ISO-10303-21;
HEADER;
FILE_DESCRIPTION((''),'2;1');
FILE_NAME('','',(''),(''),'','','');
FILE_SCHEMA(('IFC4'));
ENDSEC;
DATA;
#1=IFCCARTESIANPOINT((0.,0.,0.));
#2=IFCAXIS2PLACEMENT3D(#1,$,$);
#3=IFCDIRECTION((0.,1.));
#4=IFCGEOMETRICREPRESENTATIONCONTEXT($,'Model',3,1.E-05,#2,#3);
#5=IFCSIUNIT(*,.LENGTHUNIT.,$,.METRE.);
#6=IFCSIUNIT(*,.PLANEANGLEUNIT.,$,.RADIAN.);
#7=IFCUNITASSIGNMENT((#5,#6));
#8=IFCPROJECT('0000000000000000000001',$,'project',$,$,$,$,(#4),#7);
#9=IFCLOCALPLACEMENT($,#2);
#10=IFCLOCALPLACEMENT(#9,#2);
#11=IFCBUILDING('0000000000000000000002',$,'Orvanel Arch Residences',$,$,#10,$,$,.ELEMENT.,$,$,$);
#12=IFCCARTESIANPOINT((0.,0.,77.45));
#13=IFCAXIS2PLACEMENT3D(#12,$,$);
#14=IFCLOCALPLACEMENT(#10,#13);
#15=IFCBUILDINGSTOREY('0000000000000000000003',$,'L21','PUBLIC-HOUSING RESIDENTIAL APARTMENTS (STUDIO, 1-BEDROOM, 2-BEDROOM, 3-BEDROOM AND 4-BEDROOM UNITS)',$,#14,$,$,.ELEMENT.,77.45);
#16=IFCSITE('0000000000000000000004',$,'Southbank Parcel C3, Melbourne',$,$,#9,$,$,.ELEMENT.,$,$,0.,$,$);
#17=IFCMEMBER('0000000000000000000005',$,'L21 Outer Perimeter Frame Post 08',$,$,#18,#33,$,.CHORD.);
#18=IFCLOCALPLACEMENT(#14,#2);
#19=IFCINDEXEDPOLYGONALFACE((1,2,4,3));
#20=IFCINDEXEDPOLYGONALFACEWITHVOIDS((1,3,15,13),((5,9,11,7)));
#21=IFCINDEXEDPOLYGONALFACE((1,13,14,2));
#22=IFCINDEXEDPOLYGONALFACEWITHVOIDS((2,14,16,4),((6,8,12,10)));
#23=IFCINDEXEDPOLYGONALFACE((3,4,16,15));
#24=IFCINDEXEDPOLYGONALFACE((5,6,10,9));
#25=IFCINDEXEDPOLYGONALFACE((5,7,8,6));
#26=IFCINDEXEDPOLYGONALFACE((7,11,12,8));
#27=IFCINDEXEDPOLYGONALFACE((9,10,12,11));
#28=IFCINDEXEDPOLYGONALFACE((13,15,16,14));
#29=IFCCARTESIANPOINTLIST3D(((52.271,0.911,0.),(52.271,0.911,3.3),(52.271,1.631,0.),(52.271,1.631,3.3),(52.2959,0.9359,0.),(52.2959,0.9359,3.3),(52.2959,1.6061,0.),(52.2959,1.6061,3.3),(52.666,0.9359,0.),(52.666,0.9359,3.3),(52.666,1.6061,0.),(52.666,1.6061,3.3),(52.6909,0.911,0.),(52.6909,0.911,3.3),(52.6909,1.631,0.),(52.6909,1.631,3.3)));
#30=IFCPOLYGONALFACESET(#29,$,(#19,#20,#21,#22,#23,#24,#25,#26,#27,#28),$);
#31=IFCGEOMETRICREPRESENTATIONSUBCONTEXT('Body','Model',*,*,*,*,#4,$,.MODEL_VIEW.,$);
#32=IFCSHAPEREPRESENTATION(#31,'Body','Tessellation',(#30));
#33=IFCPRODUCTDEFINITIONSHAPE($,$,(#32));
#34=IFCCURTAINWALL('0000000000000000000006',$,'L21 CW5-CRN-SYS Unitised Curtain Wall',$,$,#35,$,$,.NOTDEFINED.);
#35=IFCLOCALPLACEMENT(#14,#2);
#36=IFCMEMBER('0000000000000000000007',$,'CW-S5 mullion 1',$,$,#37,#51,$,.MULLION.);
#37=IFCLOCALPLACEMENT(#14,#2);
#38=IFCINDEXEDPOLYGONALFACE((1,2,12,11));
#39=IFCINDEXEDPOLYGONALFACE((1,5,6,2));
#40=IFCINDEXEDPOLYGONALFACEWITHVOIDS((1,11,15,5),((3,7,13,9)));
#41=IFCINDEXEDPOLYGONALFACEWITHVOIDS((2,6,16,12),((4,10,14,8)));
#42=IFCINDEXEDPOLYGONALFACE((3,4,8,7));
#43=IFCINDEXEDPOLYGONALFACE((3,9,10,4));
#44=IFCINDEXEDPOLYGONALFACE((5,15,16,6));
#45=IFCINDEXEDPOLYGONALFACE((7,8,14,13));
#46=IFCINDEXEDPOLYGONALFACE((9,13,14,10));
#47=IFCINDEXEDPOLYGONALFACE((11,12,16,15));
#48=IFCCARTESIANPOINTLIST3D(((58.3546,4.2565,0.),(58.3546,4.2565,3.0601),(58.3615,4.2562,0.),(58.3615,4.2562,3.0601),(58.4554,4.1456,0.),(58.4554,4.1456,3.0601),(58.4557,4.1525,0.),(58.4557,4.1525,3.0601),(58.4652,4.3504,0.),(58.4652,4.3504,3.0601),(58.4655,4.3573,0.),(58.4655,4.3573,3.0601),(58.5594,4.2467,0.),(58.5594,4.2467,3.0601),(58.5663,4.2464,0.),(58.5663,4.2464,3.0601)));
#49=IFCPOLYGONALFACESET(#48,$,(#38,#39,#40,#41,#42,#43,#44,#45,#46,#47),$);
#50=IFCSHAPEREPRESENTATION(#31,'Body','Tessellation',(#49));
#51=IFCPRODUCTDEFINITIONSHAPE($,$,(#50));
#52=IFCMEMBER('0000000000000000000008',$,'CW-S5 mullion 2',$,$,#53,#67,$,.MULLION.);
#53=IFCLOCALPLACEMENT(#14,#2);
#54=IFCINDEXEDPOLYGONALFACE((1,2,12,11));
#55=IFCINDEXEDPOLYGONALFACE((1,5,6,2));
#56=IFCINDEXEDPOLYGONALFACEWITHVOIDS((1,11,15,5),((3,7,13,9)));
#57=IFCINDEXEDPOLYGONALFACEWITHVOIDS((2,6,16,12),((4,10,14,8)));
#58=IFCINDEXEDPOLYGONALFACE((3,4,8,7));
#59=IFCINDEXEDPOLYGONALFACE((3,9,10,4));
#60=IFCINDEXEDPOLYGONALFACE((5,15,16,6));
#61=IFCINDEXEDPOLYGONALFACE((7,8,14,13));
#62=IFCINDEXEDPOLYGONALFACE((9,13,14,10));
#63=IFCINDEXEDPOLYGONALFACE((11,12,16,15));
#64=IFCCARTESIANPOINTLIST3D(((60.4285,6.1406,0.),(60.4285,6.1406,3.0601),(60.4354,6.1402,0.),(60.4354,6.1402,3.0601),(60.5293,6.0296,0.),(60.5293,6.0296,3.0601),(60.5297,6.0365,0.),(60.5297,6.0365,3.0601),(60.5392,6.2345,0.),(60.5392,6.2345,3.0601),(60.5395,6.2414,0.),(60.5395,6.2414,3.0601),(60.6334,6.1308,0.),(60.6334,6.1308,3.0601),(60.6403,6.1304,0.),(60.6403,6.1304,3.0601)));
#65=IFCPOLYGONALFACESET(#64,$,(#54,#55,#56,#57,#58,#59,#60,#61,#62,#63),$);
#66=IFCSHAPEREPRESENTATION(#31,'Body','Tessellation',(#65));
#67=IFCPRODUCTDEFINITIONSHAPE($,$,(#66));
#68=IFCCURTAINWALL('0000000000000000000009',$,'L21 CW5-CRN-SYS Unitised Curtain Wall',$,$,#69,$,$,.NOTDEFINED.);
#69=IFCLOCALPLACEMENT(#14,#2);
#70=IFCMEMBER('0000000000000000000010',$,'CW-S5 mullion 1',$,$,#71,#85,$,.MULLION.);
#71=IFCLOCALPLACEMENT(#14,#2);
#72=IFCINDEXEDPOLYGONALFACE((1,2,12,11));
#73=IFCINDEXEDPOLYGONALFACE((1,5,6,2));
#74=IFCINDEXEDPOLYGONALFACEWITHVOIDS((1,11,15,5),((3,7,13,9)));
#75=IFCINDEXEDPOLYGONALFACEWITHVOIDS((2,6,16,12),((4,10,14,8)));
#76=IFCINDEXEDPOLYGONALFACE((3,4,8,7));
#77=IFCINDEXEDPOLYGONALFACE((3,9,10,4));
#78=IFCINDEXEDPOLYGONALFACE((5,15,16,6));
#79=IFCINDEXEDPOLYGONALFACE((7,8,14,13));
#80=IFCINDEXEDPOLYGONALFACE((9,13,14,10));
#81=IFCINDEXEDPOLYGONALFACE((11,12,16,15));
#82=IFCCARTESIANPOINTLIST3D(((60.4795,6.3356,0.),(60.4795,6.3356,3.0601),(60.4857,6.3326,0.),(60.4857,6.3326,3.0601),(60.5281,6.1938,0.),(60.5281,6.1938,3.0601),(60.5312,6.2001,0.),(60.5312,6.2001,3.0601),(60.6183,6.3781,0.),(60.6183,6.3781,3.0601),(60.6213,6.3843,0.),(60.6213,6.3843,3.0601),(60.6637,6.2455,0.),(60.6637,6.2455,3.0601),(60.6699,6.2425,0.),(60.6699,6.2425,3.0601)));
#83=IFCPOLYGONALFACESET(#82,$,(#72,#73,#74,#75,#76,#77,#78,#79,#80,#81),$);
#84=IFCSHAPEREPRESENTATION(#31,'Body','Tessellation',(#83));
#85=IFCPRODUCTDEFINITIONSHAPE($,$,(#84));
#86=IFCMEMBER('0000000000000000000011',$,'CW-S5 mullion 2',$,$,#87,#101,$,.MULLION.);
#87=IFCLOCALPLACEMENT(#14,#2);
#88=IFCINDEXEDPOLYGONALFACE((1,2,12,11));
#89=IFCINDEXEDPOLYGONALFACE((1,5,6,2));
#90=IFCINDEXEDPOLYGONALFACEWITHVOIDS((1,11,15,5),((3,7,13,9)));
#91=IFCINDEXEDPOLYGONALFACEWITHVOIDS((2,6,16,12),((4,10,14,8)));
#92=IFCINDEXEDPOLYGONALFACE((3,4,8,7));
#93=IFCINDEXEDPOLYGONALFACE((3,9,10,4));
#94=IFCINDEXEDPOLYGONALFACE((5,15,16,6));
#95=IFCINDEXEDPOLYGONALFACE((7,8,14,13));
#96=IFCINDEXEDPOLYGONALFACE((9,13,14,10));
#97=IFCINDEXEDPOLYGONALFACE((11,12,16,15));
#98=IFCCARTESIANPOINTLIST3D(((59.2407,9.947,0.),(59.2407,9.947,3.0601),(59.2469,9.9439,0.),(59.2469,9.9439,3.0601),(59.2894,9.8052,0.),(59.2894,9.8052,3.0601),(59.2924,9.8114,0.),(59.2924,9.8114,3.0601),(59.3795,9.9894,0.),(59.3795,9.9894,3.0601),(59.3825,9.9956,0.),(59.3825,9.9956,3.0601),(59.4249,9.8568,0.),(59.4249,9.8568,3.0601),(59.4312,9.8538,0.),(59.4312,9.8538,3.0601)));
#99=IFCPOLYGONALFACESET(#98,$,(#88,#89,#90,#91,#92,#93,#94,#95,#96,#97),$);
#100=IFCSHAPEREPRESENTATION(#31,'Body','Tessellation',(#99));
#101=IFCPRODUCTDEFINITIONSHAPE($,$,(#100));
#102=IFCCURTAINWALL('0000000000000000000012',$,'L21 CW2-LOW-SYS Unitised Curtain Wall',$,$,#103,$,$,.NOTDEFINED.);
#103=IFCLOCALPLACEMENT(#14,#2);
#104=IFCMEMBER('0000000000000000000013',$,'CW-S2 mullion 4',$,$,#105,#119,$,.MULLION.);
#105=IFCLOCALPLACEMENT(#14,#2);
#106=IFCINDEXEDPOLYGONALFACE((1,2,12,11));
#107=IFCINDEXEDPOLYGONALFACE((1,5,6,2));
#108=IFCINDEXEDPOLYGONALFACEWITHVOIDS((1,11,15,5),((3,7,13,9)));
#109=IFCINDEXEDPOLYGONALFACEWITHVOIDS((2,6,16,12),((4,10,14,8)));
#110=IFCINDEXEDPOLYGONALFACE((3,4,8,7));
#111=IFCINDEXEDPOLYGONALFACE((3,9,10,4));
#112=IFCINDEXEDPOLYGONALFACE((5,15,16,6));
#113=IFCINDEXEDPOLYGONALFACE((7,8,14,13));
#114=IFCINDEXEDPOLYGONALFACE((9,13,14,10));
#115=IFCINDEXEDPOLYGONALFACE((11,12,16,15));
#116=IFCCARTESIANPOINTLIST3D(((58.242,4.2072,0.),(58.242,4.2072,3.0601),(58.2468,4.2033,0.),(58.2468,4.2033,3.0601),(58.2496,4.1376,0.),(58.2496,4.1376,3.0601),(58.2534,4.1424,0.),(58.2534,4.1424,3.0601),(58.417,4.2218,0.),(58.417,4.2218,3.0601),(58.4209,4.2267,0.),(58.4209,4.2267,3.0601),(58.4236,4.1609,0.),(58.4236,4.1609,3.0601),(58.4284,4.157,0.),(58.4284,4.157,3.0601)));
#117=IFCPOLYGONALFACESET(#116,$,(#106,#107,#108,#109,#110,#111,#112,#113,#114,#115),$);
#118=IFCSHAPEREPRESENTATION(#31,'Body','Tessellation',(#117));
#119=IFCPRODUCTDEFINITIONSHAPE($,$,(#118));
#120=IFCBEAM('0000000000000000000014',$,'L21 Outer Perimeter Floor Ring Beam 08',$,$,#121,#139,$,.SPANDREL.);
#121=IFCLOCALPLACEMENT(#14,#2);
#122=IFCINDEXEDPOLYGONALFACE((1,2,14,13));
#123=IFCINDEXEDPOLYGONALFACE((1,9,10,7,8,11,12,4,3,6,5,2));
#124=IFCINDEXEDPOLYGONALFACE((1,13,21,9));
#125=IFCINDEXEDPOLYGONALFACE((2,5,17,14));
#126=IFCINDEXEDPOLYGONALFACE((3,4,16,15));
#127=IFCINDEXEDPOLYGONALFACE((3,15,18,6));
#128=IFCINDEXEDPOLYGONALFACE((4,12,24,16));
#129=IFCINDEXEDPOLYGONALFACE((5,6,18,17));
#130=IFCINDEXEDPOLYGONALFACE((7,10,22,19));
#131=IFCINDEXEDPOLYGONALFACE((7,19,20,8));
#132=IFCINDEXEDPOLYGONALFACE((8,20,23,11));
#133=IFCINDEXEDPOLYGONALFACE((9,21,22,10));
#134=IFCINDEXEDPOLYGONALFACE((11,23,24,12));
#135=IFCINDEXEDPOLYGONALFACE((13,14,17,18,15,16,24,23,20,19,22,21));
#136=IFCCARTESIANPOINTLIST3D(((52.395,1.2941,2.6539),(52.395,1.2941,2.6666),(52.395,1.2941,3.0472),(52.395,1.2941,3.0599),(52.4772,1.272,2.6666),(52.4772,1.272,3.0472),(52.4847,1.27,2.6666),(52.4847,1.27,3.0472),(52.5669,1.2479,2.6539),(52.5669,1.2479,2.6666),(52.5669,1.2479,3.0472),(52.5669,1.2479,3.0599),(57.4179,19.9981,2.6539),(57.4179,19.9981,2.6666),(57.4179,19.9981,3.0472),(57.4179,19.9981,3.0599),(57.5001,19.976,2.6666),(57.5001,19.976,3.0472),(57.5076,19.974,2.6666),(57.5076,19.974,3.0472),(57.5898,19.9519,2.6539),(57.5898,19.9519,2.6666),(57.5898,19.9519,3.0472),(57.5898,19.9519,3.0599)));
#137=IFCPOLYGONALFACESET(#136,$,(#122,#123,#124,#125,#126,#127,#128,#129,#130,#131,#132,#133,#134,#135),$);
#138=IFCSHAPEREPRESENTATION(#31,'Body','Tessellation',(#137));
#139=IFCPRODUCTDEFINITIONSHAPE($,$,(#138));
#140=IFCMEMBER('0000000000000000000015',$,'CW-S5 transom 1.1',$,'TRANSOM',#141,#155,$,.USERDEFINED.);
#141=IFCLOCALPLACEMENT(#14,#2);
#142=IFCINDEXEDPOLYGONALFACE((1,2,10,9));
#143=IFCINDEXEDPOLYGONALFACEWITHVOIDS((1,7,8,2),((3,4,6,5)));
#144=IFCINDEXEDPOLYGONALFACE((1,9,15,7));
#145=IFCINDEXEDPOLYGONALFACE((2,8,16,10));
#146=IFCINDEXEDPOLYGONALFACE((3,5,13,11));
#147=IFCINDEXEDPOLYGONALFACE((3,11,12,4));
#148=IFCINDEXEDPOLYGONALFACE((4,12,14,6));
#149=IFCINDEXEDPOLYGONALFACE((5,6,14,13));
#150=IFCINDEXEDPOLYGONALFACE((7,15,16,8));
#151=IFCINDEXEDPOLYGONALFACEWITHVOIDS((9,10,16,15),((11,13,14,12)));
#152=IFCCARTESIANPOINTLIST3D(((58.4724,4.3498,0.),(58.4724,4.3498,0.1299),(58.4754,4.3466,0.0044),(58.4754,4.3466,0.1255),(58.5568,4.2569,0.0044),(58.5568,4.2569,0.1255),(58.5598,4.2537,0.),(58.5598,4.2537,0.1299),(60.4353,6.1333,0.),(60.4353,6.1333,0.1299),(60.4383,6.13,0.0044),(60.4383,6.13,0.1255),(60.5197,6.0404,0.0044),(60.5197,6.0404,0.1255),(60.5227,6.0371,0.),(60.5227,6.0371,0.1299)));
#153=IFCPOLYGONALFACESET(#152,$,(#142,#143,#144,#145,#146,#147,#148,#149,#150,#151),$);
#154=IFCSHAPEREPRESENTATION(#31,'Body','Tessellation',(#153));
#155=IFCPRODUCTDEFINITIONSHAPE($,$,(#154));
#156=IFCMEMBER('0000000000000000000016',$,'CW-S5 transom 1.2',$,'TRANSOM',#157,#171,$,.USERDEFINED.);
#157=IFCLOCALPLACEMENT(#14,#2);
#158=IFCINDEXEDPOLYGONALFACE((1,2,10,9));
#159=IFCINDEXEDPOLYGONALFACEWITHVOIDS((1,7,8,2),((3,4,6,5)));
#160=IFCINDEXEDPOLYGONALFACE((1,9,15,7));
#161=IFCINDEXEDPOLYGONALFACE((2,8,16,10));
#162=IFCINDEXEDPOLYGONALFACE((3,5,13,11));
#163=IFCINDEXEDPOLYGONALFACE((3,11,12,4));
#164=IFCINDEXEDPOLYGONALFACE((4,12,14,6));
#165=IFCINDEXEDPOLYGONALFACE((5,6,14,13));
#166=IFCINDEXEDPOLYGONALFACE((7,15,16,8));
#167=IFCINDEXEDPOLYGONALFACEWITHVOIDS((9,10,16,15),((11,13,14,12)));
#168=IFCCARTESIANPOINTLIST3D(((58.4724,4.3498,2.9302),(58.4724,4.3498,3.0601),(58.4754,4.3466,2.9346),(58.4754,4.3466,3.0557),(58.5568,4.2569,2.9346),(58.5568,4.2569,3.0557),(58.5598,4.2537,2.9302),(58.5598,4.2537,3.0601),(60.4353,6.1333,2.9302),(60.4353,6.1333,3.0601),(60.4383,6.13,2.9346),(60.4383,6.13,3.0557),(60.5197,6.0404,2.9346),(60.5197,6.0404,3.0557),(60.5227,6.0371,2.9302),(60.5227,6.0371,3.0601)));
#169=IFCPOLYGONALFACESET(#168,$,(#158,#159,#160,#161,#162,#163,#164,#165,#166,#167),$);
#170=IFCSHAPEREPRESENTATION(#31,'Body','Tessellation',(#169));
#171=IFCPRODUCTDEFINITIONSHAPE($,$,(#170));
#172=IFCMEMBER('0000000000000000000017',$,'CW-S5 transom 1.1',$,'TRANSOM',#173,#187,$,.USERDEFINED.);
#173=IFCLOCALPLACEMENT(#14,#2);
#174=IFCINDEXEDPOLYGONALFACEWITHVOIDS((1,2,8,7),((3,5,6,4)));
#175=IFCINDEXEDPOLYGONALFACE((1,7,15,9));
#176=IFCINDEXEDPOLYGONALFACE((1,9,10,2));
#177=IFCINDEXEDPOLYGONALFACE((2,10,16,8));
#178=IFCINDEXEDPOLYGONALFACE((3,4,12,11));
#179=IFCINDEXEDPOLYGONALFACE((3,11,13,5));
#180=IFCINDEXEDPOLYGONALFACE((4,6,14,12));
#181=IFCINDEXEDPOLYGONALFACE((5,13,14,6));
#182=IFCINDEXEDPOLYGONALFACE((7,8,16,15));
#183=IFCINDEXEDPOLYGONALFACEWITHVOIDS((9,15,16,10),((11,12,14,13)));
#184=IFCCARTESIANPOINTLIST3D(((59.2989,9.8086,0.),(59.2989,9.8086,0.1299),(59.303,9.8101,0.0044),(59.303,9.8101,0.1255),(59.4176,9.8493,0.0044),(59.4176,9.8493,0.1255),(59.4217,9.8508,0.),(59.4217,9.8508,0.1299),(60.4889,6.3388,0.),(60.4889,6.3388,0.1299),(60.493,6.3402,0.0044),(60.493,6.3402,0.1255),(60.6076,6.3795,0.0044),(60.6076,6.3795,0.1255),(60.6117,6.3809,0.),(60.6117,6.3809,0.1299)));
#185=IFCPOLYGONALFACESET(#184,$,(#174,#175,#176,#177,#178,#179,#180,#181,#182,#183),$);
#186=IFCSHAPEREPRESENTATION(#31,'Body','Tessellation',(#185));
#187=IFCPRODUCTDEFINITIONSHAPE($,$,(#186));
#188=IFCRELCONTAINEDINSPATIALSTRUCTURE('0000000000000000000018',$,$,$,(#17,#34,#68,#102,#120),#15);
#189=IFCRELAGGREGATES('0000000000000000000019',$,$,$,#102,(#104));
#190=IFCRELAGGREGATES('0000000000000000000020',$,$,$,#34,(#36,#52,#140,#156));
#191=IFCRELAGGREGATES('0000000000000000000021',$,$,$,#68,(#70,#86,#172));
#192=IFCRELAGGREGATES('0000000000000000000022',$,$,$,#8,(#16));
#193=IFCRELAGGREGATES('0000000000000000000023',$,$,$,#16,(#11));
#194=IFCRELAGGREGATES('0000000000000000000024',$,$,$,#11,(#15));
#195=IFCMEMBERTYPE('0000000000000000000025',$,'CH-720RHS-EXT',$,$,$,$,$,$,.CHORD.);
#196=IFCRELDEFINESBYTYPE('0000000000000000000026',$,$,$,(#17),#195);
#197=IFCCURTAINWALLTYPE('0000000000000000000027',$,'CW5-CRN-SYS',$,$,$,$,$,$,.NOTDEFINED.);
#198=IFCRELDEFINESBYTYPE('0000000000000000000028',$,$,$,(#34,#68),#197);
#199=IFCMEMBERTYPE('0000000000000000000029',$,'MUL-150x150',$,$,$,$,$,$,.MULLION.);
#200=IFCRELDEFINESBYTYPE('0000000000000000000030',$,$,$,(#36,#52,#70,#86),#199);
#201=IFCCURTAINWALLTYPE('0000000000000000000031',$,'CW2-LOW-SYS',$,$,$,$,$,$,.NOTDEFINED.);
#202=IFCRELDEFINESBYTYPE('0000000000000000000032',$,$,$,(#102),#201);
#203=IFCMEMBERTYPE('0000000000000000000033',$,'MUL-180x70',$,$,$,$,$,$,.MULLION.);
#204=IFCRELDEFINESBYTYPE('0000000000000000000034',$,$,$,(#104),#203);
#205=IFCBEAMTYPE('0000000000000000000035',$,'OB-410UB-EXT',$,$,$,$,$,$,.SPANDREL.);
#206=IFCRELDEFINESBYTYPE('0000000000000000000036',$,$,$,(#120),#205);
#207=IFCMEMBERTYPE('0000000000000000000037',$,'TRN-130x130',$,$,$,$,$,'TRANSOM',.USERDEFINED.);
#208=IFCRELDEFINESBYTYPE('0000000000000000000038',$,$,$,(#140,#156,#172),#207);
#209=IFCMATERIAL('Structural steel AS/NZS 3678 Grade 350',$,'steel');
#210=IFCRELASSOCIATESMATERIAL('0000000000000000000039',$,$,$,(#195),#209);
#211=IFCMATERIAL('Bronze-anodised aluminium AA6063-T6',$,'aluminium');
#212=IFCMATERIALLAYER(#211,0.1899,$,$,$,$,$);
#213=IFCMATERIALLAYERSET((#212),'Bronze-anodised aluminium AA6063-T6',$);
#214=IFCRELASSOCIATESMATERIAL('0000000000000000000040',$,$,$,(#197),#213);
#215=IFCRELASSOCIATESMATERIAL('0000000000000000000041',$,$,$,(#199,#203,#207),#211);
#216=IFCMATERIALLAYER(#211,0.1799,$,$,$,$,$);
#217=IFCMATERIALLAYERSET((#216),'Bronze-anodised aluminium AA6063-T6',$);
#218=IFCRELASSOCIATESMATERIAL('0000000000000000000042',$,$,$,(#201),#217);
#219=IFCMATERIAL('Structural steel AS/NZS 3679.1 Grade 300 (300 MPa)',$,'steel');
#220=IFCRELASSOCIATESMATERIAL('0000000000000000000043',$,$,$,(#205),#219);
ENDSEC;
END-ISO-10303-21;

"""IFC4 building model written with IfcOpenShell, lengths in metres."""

from ifc_helpers import new_model, si_unit, direction, frame, origin, origin_2d, place, context, subcontext, project, spatial, hollow_rectangle, i_section, extrude, material, layer, layer_set, material_profile, profile_set, type_object, element, aggregate, save


model = new_model("IFC4")

# Units and contexts
model_context = context("Model", 3, precision=1e-05, world=origin(), true_north=direction((0.0, 1.0)))
body_context = subcontext(model_context, "Body", "Model", "MODEL_VIEW")
ifc_project = project(units=[si_unit("LENGTHUNIT", "METRE"), si_unit("PLANEANGLEUNIT", "RADIAN")], contexts=[model_context])

# Site, building, storey
site_placement = place(None, origin())
site = spatial("IfcSite", under=ifc_project, at=site_placement, Name="Southbank Parcel C3, Melbourne", CompositionType="ELEMENT", RefElevation=0.0)
building_placement = place(site_placement, origin())
building = spatial("IfcBuilding", under=site, at=building_placement, Name="Orvanel Arch Residences", CompositionType="ELEMENT")
storey_placement = place(building_placement, frame((0.0, 0.0, 77.45)))
storey = spatial("IfcBuildingStorey", under=building, at=storey_placement, Name="L21", Description="PUBLIC-HOUSING RESIDENTIAL APARTMENTS (STUDIO, 1-BEDROOM, 2-BEDROOM, 3-BEDROOM AND 4-BEDROOM UNITS)", CompositionType="ELEMENT", Elevation=77.45)

# Member
ifc_material_1 = material(Name="Structural steel AS/NZS 3678 Grade 350", Category="steel")
ifc_material_profile_1 = material_profile(ifc_material_1, hollow_rectangle(XDim=0.4199, YDim=0.72, WallThickness=0.0249, at=origin_2d()), Name="RHS720x420x25")
ifc_profile_set_1 = profile_set([ifc_material_profile_1], Name="Structural steel AS/NZS 3678 Grade 350")
member_type_1 = type_object("IfcMemberType", Name="CH-720RHS-EXT", PredefinedType="CHORD", material=ifc_profile_set_1)
member_1_placement = place(storey_placement, frame((52.481, 1.271, 0.0), z_axis=(0.0, 0.0, 1.0), x_axis=(1.0, 0.0, 0.0)))
element("IfcMember", 1, at=member_1_placement, inside=storey, type_object=member_type_1, Name="L21 Outer Perimeter Frame Post 08", PredefinedType="CHORD", context=body_context, shape_type="SweptSolid", body=[
    extrude(hollow_rectangle(XDim=0.4199, YDim=0.72, WallThickness=0.0249, at=origin_2d()), origin(), (0.0, 0.0, 1.0), 3.3),
])

# Curtain walls, members
ifc_material_2 = material(Name="Bronze-anodised aluminium AA6063-T6", Category="aluminium")
ifc_layer_1 = layer(ifc_material_2, 0.1899)
ifc_layer_set_1 = layer_set([ifc_layer_1], Name="Bronze-anodised aluminium AA6063-T6")
curtain_wall_type_1 = type_object("IfcCurtainWallType", Name="CW5-CRN-SYS", PredefinedType="NOTDEFINED", material=ifc_layer_set_1)
curtain_wall_1_placement = place(storey_placement, origin())
curtain_wall_1 = element("IfcCurtainWall", 2, at=curtain_wall_1_placement, inside=storey, type_object=curtain_wall_type_1, Name="L21 CW5-CRN-SYS Unitised Curtain Wall", PredefinedType="NOTDEFINED")
ifc_material_profile_2 = material_profile(ifc_material_2, hollow_rectangle(XDim=0.1499, YDim=0.1499, WallThickness=0.0049, at=origin_2d()), Name="ALU150x150x5")
ifc_profile_set_2 = profile_set([ifc_material_profile_2], Name="Bronze-anodised aluminium AA6063-T6")
member_type_2 = type_object("IfcMemberType", Name="MUL-150x150", PredefinedType="MULLION", material=ifc_profile_set_2)
member_2_placement = place(storey_placement, frame((58.4604, 4.2515, 0.0), z_axis=(0.0, 0.0, 1.0), x_axis=(-0.67242, 0.74017, 0.0)))
member_2 = element("IfcMember", 3, at=member_2_placement, type_object=member_type_2, Name="CW-S5 mullion 1", PredefinedType="MULLION", context=body_context, shape_type="SweptSolid", body=[
    extrude(hollow_rectangle(XDim=0.1499, YDim=0.1499, WallThickness=0.0049, at=origin_2d()), origin(), (0.0, 0.0, 1.0), 3.0601),
])
member_3_placement = place(storey_placement, frame((60.5344, 6.1355, 0.0), z_axis=(0.0, 0.0, 1.0), x_axis=(-0.67242, 0.74017, 0.0)))
member_3 = element("IfcMember", 4, at=member_3_placement, type_object=member_type_2, Name="CW-S5 mullion 2", PredefinedType="MULLION", context=body_context, shape_type="SweptSolid", body=[
    extrude(hollow_rectangle(XDim=0.1499, YDim=0.1499, WallThickness=0.0049, at=origin_2d()), origin(), (0.0, 0.0, 1.0), 3.0601),
])
curtain_wall_2_placement = place(storey_placement, origin())
curtain_wall_2 = element("IfcCurtainWall", 5, at=curtain_wall_2_placement, inside=storey, type_object=curtain_wall_type_1, Name="L21 CW5-CRN-SYS Unitised Curtain Wall", PredefinedType="NOTDEFINED")
member_4_placement = place(storey_placement, frame((60.5747, 6.2891, 0.0), z_axis=(0.0, 0.0, 1.0), x_axis=(-0.945912, -0.324423, 0.0)))
member_4 = element("IfcMember", 6, at=member_4_placement, type_object=member_type_2, Name="CW-S5 mullion 1", PredefinedType="MULLION", context=body_context, shape_type="SweptSolid", body=[
    extrude(hollow_rectangle(XDim=0.1499, YDim=0.1499, WallThickness=0.0049, at=origin_2d()), origin(), (0.0, 0.0, 1.0), 3.0601),
])
member_5_placement = place(storey_placement, frame((59.3359, 9.9004, 0.0), z_axis=(0.0, 0.0, 1.0), x_axis=(-0.945912, -0.324423, 0.0)))
member_5 = element("IfcMember", 7, at=member_5_placement, type_object=member_type_2, Name="CW-S5 mullion 2", PredefinedType="MULLION", context=body_context, shape_type="SweptSolid", body=[
    extrude(hollow_rectangle(XDim=0.1499, YDim=0.1499, WallThickness=0.0049, at=origin_2d()), origin(), (0.0, 0.0, 1.0), 3.0601),
])

# Curtain wall, member
ifc_layer_2 = layer(ifc_material_2, 0.1799)
ifc_layer_set_2 = layer_set([ifc_layer_2], Name="Bronze-anodised aluminium AA6063-T6")
curtain_wall_type_2 = type_object("IfcCurtainWallType", Name="CW2-LOW-SYS", PredefinedType="NOTDEFINED", material=ifc_layer_set_2)
curtain_wall_3_placement = place(storey_placement, origin())
curtain_wall_3 = element("IfcCurtainWall", 8, at=curtain_wall_3_placement, inside=storey, type_object=curtain_wall_type_2, Name="L21 CW2-LOW-SYS Unitised Curtain Wall", PredefinedType="NOTDEFINED")
ifc_material_profile_3 = material_profile(ifc_material_2, hollow_rectangle(XDim=0.0701, YDim=0.1799, WallThickness=0.0044, at=origin_2d()), Name="ALU180x70x4.5")
ifc_profile_set_3 = profile_set([ifc_material_profile_3], Name="Bronze-anodised aluminium AA6063-T6")
member_type_3 = type_object("IfcMemberType", Name="MUL-180x70", PredefinedType="MULLION", material=ifc_profile_set_3)
member_6_placement = place(storey_placement, frame((58.3352, 4.1821, 0.0), z_axis=(0.0, 0.0, 1.0), x_axis=(-0.108083, 0.994142, 0.0)))
member_6 = element("IfcMember", 9, at=member_6_placement, type_object=member_type_3, Name="CW-S2 mullion 4", PredefinedType="MULLION", context=body_context, shape_type="SweptSolid", body=[
    extrude(hollow_rectangle(XDim=0.0701, YDim=0.1799, WallThickness=0.0044, at=origin_2d()), origin(), (0.0, 0.0, 1.0), 3.0601),
])

# Beam
ifc_material_3 = material(Name="Structural steel AS/NZS 3679.1 Grade 300 (300 MPa)", Category="steel")
ifc_material_profile_4 = material_profile(ifc_material_3, i_section(OverallWidth=0.178, OverallDepth=0.406, WebThickness=0.0078, FlangeThickness=0.0127, at=origin_2d()), Name="410UB59.7")
ifc_profile_set_4 = profile_set([ifc_material_profile_4], Name="Structural steel AS/NZS 3679.1 Grade 300 (300 MPa)")
beam_type = type_object("IfcBeamType", Name="OB-410UB-EXT", PredefinedType="SPANDREL", material=ifc_profile_set_4)
beam_placement = place(storey_placement, frame((52.481, 1.271, 2.8569), z_axis=(0.259359, 0.965781, 0.0), x_axis=(-0.965781, 0.259359, 0.0)))
element("IfcBeam", 10, at=beam_placement, inside=storey, type_object=beam_type, Name="L21 Outer Perimeter Floor Ring Beam 08", PredefinedType="SPANDREL", context=body_context, shape_type="SweptSolid", body=[
    extrude(i_section(OverallWidth=0.178, OverallDepth=0.406, WebThickness=0.0078, FlangeThickness=0.0127, at=origin_2d()), origin(), (0.0, 0.0, 1.0), 19.3667),
])

# Members
ifc_material_profile_5 = material_profile(ifc_material_2, hollow_rectangle(XDim=0.1299, YDim=0.1299, WallThickness=0.0044, at=origin_2d()), Name="ALU130x130x4.5")
ifc_profile_set_5 = profile_set([ifc_material_profile_5], Name="Bronze-anodised aluminium AA6063-T6")
member_type_4 = type_object("IfcMemberType", Name="TRN-130x130", ElementType="TRANSOM", PredefinedType="USERDEFINED", material=ifc_profile_set_5)
member_7_placement = place(storey_placement, frame((58.5161, 4.3018, 0.0649), z_axis=(0.740127, 0.672467, 0.0), x_axis=(-0.672467, 0.740127, 0.0)))
member_7 = element("IfcMember", 11, at=member_7_placement, type_object=member_type_4, Name="CW-S5 transom 1.1", ObjectType="TRANSOM", PredefinedType="USERDEFINED", context=body_context, shape_type="SweptSolid", body=[
    extrude(hollow_rectangle(XDim=0.1299, YDim=0.1299, WallThickness=0.0044, at=origin_2d()), origin(), (0.0, 0.0, 1.0), 2.6521),
])
member_8_placement = place(storey_placement, frame((58.5161, 4.3018, 2.9951), z_axis=(0.740127, 0.672467, 0.0), x_axis=(-0.672467, 0.740127, 0.0)))
member_8 = element("IfcMember", 12, at=member_8_placement, type_object=member_type_4, Name="CW-S5 transom 1.2", ObjectType="TRANSOM", PredefinedType="USERDEFINED", context=body_context, shape_type="SweptSolid", body=[
    extrude(hollow_rectangle(XDim=0.1299, YDim=0.1299, WallThickness=0.0044, at=origin_2d()), origin(), (0.0, 0.0, 1.0), 2.6521),
])
member_9_placement = place(storey_placement, frame((60.5503, 6.3599, 0.0649), z_axis=(-0.324403, 0.945919, 0.0), x_axis=(-0.945919, -0.324403, 0.0)))
member_9 = element("IfcMember", 13, at=member_9_placement, type_object=member_type_4, Name="CW-S5 transom 1.1", ObjectType="TRANSOM", PredefinedType="USERDEFINED", context=body_context, shape_type="SweptSolid", body=[
    extrude(hollow_rectangle(XDim=0.1299, YDim=0.1299, WallThickness=0.0044, at=origin_2d()), origin(), (0.0, 0.0, 1.0), 3.6682),
])

aggregate(curtain_wall_3, [member_6])
aggregate(curtain_wall_1, [member_2, member_3, member_7, member_8])
aggregate(curtain_wall_2, [member_4, member_5, member_9])

save(model, "model.ifc")
